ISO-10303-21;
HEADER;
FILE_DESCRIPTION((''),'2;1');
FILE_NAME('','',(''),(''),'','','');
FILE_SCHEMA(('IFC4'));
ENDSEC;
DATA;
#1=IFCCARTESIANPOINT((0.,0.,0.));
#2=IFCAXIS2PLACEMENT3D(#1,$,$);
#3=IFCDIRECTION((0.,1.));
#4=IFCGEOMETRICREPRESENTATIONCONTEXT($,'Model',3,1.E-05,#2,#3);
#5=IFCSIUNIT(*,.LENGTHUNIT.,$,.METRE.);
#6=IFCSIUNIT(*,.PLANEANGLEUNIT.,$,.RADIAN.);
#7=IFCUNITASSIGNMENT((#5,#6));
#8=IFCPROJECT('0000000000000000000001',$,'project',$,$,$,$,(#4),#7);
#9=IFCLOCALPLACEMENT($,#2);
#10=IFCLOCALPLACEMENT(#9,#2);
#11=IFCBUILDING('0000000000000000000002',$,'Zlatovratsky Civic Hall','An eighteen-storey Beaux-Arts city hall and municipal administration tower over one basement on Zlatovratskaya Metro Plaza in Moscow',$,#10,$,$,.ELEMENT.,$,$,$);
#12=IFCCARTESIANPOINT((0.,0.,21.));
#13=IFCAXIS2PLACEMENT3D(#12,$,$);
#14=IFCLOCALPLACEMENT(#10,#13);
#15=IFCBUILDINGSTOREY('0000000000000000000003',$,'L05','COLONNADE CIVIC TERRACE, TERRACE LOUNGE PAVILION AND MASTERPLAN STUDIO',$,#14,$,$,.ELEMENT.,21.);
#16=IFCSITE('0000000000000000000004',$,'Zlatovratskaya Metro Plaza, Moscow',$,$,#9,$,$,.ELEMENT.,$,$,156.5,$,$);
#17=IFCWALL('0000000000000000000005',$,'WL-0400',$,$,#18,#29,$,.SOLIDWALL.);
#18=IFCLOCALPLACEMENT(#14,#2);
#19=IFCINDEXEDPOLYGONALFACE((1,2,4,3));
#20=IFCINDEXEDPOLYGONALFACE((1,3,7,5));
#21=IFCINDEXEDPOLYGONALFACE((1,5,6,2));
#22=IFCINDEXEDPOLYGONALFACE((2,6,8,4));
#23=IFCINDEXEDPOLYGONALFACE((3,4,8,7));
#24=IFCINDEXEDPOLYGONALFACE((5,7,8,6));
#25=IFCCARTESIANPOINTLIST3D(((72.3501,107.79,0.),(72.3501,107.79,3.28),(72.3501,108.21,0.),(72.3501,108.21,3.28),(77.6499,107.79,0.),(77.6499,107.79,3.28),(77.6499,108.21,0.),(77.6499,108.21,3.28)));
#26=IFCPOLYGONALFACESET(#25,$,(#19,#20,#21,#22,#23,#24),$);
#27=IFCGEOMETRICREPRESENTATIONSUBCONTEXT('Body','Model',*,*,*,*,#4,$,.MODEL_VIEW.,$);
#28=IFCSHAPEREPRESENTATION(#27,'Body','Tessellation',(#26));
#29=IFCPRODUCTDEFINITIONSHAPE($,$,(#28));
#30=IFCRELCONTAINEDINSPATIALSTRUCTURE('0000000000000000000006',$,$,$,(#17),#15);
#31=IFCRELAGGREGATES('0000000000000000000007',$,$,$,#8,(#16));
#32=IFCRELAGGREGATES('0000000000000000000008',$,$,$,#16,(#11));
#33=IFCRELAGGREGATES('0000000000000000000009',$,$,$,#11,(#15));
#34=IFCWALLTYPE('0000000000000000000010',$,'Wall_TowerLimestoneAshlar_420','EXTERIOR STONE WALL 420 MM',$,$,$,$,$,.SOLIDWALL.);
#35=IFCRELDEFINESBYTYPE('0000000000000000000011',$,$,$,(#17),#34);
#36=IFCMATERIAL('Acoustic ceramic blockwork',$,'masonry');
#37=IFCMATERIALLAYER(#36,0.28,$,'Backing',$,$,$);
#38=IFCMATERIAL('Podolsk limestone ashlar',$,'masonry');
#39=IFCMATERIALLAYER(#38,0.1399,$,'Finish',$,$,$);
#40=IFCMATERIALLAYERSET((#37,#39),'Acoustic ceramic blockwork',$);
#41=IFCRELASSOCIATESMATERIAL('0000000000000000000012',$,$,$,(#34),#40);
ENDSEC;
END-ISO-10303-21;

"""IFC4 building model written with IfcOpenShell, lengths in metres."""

from ifc_helpers import new_model, si_unit, direction, frame, frame_2d, origin, place, context, subcontext, project, spatial, rectangle, extrude, material, layer, layer_set, type_object, element, save


model = new_model("IFC4")

# Units and contexts
model_context = context("Model", 3, precision=1e-05, world=origin(), true_north=direction((0.0, 1.0)))
body_context = subcontext(model_context, "Body", "Model", "MODEL_VIEW")
ifc_project = project(units=[si_unit("LENGTHUNIT", "METRE"), si_unit("PLANEANGLEUNIT", "RADIAN")], contexts=[model_context])

# Site, building, storey
site_placement = place(None, origin())
site = spatial("IfcSite", under=ifc_project, at=site_placement, Name="Zlatovratskaya Metro Plaza, Moscow", CompositionType="ELEMENT", RefElevation=156.5)
building_placement = place(site_placement, origin())
building = spatial("IfcBuilding", under=site, at=building_placement, Name="Zlatovratsky Civic Hall", Description="An eighteen-storey Beaux-Arts city hall and municipal administration tower over one basement on Zlatovratskaya Metro Plaza in Moscow", CompositionType="ELEMENT")
storey_placement = place(building_placement, frame((0.0, 0.0, 21.0)))
storey = spatial("IfcBuildingStorey", under=building, at=storey_placement, Name="L05", Description="COLONNADE CIVIC TERRACE, TERRACE LOUNGE PAVILION AND MASTERPLAN STUDIO", CompositionType="ELEMENT", Elevation=21.0)

# Shared definitions
ifc_material_1 = material(Name="Acoustic ceramic blockwork", Category="masonry")

# Wall
ifc_layer_1 = layer(ifc_material_1, 0.28, Name="Backing")
ifc_material_2 = material(Name="Podolsk limestone ashlar", Category="masonry")
ifc_layer_2 = layer(ifc_material_2, 0.1399, Name="Finish")
ifc_layer_set_1 = layer_set([ifc_layer_1, ifc_layer_2], Name="Acoustic ceramic blockwork")
wall_type_1 = type_object("IfcWallType", Name="Wall_TowerLimestoneAshlar_420", Description="EXTERIOR STONE WALL 420 MM", PredefinedType="SOLIDWALL", material=ifc_layer_set_1)
for number, where, z_axis, x_axis, name in (
    (1, (72.3501, 108.0, 0.0), (0.0, 0.0, 1.0), (1.0, 0.0, 0.0), "WL-0400"),
):
    element("IfcWall", number, at=place(storey_placement, frame(where, z_axis=z_axis, x_axis=x_axis)), inside=storey, type_object=wall_type_1, Name=name, PredefinedType="SOLIDWALL", context=body_context, shape_type="SweptSolid", body=[
        extrude(rectangle(XDim=5.2998, YDim=0.4199, at=frame_2d((2.6499, 0.0))), origin(), (0.0, 0.0, 1.0), 3.28),
    ])

save(model, "model.ifc")
